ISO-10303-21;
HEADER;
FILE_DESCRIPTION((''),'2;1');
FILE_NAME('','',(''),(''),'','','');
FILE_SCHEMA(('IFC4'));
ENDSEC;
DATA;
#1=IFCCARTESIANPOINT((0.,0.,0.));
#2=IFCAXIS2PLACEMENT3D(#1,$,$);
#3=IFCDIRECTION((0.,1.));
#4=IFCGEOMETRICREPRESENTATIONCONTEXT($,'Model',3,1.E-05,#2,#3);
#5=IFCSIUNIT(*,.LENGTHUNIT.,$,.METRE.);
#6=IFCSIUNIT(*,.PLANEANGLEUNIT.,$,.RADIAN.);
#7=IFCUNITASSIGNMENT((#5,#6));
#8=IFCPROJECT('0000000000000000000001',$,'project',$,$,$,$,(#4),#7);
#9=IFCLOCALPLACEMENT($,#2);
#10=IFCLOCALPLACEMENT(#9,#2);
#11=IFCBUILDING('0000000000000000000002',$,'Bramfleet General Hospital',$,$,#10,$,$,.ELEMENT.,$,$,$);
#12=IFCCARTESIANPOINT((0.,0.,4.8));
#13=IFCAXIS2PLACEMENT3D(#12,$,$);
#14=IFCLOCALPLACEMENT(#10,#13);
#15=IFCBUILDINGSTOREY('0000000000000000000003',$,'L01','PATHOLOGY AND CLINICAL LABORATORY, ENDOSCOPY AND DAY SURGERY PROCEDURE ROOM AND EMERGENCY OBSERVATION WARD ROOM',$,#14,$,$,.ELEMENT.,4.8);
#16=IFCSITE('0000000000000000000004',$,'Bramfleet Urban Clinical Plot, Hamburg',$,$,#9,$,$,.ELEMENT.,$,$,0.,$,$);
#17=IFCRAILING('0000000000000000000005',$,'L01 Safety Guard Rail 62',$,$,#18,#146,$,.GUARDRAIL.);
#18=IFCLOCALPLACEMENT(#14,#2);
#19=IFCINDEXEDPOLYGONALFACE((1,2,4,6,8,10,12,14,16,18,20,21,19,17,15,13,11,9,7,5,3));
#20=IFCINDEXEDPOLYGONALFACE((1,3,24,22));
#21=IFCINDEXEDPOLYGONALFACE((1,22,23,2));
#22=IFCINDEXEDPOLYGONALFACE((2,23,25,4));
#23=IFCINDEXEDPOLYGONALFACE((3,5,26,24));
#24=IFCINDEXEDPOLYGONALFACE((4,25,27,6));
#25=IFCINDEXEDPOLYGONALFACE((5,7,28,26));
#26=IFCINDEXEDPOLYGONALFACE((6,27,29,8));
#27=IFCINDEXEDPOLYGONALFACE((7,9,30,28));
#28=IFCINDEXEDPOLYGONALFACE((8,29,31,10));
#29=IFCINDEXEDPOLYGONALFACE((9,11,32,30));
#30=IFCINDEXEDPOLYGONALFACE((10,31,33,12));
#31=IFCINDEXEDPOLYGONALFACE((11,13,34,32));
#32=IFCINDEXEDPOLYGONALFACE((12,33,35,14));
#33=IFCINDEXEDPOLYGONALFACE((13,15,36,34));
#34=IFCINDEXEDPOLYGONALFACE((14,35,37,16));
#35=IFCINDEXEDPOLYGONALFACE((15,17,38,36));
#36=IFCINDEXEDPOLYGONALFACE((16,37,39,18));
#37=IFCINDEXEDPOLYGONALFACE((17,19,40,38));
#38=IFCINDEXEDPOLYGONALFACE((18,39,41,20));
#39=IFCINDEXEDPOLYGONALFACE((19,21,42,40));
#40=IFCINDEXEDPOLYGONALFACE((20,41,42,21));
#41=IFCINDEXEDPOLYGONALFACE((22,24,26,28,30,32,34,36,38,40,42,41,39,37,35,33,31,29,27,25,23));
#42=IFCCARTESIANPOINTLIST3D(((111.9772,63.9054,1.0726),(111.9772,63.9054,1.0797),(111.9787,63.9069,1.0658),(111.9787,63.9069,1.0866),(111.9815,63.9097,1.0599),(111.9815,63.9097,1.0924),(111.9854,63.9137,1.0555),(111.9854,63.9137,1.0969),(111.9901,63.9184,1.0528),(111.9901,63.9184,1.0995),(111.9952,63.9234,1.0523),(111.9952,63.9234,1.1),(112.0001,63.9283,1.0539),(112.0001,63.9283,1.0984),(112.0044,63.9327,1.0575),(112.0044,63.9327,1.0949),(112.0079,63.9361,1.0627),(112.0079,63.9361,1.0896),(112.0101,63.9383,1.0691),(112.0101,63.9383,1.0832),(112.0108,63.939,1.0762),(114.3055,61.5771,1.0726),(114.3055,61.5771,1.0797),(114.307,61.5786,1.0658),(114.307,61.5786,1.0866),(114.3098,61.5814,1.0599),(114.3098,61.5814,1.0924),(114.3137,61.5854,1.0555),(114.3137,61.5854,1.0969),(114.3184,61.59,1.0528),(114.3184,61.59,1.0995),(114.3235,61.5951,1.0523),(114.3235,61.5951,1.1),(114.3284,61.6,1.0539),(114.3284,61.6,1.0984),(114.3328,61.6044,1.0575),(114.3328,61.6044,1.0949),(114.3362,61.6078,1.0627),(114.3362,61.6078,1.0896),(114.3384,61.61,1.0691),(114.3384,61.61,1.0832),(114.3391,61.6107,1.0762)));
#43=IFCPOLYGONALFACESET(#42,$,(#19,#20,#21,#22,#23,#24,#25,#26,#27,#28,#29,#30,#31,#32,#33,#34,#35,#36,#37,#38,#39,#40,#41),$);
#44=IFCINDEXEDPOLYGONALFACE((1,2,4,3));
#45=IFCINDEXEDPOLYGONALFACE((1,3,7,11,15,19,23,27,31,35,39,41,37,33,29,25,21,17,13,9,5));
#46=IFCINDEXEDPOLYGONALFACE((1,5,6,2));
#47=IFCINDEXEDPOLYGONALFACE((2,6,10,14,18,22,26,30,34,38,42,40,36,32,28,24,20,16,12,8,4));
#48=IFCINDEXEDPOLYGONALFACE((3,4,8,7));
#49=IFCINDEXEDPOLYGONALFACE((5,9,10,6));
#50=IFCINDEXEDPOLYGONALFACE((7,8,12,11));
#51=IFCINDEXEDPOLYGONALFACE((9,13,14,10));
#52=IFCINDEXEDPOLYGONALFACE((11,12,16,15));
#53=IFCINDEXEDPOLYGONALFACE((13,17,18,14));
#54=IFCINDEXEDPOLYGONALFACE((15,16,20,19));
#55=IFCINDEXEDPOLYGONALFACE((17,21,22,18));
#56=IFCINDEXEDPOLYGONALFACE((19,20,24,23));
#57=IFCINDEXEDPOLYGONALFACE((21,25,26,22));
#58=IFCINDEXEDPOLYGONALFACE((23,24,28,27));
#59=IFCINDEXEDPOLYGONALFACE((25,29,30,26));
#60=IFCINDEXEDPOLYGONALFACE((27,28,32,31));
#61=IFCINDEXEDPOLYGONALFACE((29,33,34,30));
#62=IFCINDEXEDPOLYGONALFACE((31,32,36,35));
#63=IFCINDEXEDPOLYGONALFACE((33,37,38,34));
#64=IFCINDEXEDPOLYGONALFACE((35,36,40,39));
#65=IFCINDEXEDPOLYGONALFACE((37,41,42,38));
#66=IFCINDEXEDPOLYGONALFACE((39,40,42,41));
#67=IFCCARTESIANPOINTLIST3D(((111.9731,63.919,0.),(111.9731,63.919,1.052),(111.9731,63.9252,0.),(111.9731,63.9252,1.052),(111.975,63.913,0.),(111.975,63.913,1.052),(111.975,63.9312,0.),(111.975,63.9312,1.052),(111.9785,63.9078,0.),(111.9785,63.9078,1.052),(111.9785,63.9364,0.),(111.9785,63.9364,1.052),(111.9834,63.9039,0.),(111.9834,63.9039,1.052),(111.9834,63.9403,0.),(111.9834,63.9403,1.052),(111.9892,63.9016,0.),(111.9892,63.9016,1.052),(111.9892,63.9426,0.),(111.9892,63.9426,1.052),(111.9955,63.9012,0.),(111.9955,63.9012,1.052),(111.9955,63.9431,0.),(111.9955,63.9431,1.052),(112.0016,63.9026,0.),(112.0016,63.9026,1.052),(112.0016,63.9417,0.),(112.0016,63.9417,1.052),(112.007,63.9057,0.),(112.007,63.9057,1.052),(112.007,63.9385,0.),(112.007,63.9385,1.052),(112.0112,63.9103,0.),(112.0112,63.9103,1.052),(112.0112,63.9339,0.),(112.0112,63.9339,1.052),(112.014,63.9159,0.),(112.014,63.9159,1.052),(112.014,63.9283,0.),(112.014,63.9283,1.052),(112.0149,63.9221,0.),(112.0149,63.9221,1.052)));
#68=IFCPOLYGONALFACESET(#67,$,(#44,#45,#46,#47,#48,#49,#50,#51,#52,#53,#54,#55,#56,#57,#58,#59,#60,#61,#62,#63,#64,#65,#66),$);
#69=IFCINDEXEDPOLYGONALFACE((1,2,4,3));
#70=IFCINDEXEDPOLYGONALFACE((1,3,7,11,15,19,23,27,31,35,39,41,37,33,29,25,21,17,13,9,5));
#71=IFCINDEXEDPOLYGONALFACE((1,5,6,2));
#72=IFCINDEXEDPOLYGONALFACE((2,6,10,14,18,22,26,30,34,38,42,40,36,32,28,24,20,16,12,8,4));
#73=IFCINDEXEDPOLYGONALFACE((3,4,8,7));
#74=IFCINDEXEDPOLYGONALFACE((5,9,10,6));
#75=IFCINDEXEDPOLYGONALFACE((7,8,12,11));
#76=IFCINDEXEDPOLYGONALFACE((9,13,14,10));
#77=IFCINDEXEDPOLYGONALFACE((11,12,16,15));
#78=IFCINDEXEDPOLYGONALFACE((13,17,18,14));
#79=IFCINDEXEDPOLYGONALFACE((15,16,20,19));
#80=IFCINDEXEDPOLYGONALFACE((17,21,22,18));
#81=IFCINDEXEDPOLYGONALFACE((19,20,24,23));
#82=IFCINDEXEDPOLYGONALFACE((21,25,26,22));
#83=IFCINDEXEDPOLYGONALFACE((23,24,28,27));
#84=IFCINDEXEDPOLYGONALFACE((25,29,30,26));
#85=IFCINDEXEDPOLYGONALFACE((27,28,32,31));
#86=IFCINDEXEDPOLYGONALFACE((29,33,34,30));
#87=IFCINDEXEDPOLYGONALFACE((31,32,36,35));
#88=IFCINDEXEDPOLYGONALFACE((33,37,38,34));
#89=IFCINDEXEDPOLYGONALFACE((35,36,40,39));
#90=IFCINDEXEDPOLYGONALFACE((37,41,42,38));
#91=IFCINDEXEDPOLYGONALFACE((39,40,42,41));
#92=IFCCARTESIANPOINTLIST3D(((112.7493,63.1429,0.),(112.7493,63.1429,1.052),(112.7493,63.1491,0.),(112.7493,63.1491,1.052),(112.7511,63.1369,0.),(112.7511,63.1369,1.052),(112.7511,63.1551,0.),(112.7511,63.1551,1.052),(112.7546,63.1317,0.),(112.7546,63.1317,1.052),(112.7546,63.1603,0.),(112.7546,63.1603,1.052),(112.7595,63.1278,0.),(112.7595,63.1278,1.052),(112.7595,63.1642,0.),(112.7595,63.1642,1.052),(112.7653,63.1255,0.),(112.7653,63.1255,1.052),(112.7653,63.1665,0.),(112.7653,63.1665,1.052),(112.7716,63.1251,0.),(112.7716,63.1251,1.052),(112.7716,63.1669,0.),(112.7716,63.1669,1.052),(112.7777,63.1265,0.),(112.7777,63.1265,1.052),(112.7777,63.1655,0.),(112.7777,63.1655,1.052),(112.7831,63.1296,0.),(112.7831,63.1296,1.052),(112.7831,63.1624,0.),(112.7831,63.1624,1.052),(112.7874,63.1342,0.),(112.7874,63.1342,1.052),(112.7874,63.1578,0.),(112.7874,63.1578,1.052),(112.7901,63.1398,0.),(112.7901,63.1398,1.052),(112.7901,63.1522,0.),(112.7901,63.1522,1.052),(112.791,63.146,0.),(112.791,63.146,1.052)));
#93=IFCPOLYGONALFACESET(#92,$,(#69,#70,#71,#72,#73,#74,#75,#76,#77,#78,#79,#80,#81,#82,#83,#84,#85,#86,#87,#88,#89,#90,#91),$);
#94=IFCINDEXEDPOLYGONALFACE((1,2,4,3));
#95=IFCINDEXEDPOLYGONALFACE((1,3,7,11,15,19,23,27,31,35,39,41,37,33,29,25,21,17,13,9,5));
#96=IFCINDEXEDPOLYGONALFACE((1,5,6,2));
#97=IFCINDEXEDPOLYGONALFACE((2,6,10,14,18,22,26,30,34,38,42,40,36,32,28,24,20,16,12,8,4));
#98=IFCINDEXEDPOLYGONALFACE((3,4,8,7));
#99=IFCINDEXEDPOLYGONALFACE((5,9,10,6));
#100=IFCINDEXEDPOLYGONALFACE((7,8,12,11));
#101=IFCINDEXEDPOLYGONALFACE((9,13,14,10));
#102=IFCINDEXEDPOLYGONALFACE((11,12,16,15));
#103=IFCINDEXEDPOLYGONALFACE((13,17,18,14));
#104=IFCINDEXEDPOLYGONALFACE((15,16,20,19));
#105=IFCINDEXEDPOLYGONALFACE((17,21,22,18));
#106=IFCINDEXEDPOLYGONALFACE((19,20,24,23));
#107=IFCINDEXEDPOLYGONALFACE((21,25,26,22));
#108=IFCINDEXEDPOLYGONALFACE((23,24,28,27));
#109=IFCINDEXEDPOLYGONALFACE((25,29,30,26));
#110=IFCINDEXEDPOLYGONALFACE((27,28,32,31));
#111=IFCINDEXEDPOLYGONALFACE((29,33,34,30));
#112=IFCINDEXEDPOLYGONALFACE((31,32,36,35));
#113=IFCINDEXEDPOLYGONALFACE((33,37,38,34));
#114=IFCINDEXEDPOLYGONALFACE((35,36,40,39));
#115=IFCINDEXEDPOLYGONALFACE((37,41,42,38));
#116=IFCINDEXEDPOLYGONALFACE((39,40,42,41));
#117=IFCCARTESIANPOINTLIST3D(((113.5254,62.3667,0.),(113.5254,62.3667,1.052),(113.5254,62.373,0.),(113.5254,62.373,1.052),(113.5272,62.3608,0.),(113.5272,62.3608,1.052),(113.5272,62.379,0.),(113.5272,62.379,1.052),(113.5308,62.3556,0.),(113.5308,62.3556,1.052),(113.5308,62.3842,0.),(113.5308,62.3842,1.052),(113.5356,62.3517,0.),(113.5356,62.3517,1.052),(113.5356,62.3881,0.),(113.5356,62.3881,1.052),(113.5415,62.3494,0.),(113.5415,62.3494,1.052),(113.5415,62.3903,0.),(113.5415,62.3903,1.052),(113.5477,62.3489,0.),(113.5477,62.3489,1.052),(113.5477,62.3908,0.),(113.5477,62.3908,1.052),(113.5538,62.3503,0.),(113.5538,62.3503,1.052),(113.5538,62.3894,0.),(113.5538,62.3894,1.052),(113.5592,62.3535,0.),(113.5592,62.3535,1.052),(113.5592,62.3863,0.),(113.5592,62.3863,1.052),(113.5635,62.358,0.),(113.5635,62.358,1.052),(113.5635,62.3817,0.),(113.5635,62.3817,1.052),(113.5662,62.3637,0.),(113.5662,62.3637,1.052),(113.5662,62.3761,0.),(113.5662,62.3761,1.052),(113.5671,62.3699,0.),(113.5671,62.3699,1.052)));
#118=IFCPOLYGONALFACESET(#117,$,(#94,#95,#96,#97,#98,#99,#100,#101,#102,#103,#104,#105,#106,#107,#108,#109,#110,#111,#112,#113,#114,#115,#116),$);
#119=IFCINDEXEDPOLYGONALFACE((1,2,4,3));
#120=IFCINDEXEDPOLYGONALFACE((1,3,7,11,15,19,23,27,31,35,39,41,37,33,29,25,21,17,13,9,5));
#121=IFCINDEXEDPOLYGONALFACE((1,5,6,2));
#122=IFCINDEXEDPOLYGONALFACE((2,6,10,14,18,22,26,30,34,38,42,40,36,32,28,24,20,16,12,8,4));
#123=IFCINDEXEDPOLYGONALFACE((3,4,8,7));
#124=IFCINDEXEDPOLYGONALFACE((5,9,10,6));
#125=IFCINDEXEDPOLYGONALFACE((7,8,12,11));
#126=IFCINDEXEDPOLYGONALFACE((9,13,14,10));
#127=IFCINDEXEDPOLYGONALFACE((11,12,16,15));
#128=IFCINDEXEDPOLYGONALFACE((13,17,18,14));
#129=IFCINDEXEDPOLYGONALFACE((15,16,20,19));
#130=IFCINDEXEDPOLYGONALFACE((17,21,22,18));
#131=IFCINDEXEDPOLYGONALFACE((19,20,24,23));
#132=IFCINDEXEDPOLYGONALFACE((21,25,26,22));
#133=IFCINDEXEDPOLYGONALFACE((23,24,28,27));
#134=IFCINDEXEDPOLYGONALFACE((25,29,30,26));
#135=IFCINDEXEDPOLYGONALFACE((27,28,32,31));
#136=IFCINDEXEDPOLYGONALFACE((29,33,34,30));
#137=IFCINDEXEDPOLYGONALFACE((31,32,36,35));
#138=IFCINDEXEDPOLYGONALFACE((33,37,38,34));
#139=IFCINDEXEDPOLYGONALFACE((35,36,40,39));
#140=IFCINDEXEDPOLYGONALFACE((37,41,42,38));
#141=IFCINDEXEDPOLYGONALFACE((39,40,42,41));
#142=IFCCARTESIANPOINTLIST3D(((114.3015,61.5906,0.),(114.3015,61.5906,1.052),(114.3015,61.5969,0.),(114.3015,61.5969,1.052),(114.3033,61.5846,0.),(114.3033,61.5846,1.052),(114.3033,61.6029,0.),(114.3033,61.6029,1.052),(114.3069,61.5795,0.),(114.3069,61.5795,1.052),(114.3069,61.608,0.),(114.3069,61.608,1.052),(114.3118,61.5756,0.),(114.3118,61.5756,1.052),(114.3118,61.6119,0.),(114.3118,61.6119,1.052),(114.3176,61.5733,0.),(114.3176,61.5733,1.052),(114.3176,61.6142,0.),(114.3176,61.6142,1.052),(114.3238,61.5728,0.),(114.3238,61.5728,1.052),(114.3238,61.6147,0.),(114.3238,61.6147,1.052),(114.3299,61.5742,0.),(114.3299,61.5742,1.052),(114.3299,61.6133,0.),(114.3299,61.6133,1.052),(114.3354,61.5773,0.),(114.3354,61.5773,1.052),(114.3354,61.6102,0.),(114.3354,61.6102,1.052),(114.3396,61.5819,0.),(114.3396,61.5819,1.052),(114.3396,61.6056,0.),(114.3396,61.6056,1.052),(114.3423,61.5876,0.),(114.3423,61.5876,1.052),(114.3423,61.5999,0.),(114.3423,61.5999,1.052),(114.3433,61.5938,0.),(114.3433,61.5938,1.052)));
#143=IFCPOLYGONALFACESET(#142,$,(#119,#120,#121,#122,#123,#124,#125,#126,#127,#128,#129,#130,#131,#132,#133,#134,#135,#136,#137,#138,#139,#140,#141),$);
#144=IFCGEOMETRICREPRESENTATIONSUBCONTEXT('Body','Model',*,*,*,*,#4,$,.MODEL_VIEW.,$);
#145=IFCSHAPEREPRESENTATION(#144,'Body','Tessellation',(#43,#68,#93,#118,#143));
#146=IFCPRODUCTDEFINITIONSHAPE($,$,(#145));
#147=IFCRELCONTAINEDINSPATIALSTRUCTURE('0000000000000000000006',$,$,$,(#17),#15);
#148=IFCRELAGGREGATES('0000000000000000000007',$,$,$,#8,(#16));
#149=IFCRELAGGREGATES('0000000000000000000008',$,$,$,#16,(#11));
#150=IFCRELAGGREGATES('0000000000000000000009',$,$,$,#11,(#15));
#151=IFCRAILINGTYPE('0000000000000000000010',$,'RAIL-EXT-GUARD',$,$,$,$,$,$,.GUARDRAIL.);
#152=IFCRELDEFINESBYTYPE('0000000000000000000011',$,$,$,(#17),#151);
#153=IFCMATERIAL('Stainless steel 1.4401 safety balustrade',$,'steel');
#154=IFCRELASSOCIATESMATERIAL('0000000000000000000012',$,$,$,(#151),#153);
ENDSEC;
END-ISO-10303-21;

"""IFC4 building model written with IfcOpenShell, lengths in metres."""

from ifc_helpers import new_model, si_unit, direction, frame, origin, origin_2d, place, context, subcontext, project, spatial, circle, extrude, material, type_object, element, save


model = new_model("IFC4")

# Units and contexts
model_context = context("Model", 3, precision=1e-05, world=origin(), true_north=direction((0.0, 1.0)))
body_context = subcontext(model_context, "Body", "Model", "MODEL_VIEW")
ifc_project = project(units=[si_unit("LENGTHUNIT", "METRE"), si_unit("PLANEANGLEUNIT", "RADIAN")], contexts=[model_context])

# Site, building, storey
site_placement = place(None, origin())
site = spatial("IfcSite", under=ifc_project, at=site_placement, Name="Bramfleet Urban Clinical Plot, Hamburg", CompositionType="ELEMENT", RefElevation=0.0)
building_placement = place(site_placement, origin())
building = spatial("IfcBuilding", under=site, at=building_placement, Name="Bramfleet General Hospital", CompositionType="ELEMENT")
storey_placement = place(building_placement, frame((0.0, 0.0, 4.8)))
storey = spatial("IfcBuildingStorey", under=building, at=storey_placement, Name="L01", Description="PATHOLOGY AND CLINICAL LABORATORY, ENDOSCOPY AND DAY SURGERY PROCEDURE ROOM AND EMERGENCY OBSERVATION WARD ROOM", CompositionType="ELEMENT", Elevation=4.8)

# Railing
ifc_material_1 = material(Name="Stainless steel 1.4401 safety balustrade", Category="steel")
railing_type = type_object("IfcRailingType", Name="RAIL-EXT-GUARD", PredefinedType="GUARDRAIL", material=ifc_material_1)
railing_1_placement = place(storey_placement, frame((111.9939, 63.9221, 0.0)))
element("IfcRailing", 1, at=railing_1_placement, inside=storey, type_object=railing_type, Name="L01 Safety Guard Rail 62", PredefinedType="GUARDRAIL", context=body_context, shape_type="SweptSolid", body=[
    extrude(circle(Radius=0.0239, at=origin_2d()), frame((0.0, 0.0, 1.0762), z_axis=(0.707107, -0.707107, 0.0), x_axis=(0.707107, 0.707107, 0.0)), (0.0, 0.0, 1.0), 3.2927),
    extrude(circle(Radius=0.021, at=origin_2d()), origin(), (0.0, 0.0, 1.0), 1.052),
    extrude(circle(Radius=0.021, at=origin_2d()), frame((0.7761, -0.7761, 0.0)), (0.0, 0.0, 1.0), 1.052),
    extrude(circle(Radius=0.021, at=origin_2d()), frame((1.5522, -1.5522, 0.0)), (0.0, 0.0, 1.0), 1.052),
    extrude(circle(Radius=0.021, at=origin_2d()), frame((2.3284, -2.3284, 0.0)), (0.0, 0.0, 1.0), 1.052),
])

save(model, "model.ifc")
